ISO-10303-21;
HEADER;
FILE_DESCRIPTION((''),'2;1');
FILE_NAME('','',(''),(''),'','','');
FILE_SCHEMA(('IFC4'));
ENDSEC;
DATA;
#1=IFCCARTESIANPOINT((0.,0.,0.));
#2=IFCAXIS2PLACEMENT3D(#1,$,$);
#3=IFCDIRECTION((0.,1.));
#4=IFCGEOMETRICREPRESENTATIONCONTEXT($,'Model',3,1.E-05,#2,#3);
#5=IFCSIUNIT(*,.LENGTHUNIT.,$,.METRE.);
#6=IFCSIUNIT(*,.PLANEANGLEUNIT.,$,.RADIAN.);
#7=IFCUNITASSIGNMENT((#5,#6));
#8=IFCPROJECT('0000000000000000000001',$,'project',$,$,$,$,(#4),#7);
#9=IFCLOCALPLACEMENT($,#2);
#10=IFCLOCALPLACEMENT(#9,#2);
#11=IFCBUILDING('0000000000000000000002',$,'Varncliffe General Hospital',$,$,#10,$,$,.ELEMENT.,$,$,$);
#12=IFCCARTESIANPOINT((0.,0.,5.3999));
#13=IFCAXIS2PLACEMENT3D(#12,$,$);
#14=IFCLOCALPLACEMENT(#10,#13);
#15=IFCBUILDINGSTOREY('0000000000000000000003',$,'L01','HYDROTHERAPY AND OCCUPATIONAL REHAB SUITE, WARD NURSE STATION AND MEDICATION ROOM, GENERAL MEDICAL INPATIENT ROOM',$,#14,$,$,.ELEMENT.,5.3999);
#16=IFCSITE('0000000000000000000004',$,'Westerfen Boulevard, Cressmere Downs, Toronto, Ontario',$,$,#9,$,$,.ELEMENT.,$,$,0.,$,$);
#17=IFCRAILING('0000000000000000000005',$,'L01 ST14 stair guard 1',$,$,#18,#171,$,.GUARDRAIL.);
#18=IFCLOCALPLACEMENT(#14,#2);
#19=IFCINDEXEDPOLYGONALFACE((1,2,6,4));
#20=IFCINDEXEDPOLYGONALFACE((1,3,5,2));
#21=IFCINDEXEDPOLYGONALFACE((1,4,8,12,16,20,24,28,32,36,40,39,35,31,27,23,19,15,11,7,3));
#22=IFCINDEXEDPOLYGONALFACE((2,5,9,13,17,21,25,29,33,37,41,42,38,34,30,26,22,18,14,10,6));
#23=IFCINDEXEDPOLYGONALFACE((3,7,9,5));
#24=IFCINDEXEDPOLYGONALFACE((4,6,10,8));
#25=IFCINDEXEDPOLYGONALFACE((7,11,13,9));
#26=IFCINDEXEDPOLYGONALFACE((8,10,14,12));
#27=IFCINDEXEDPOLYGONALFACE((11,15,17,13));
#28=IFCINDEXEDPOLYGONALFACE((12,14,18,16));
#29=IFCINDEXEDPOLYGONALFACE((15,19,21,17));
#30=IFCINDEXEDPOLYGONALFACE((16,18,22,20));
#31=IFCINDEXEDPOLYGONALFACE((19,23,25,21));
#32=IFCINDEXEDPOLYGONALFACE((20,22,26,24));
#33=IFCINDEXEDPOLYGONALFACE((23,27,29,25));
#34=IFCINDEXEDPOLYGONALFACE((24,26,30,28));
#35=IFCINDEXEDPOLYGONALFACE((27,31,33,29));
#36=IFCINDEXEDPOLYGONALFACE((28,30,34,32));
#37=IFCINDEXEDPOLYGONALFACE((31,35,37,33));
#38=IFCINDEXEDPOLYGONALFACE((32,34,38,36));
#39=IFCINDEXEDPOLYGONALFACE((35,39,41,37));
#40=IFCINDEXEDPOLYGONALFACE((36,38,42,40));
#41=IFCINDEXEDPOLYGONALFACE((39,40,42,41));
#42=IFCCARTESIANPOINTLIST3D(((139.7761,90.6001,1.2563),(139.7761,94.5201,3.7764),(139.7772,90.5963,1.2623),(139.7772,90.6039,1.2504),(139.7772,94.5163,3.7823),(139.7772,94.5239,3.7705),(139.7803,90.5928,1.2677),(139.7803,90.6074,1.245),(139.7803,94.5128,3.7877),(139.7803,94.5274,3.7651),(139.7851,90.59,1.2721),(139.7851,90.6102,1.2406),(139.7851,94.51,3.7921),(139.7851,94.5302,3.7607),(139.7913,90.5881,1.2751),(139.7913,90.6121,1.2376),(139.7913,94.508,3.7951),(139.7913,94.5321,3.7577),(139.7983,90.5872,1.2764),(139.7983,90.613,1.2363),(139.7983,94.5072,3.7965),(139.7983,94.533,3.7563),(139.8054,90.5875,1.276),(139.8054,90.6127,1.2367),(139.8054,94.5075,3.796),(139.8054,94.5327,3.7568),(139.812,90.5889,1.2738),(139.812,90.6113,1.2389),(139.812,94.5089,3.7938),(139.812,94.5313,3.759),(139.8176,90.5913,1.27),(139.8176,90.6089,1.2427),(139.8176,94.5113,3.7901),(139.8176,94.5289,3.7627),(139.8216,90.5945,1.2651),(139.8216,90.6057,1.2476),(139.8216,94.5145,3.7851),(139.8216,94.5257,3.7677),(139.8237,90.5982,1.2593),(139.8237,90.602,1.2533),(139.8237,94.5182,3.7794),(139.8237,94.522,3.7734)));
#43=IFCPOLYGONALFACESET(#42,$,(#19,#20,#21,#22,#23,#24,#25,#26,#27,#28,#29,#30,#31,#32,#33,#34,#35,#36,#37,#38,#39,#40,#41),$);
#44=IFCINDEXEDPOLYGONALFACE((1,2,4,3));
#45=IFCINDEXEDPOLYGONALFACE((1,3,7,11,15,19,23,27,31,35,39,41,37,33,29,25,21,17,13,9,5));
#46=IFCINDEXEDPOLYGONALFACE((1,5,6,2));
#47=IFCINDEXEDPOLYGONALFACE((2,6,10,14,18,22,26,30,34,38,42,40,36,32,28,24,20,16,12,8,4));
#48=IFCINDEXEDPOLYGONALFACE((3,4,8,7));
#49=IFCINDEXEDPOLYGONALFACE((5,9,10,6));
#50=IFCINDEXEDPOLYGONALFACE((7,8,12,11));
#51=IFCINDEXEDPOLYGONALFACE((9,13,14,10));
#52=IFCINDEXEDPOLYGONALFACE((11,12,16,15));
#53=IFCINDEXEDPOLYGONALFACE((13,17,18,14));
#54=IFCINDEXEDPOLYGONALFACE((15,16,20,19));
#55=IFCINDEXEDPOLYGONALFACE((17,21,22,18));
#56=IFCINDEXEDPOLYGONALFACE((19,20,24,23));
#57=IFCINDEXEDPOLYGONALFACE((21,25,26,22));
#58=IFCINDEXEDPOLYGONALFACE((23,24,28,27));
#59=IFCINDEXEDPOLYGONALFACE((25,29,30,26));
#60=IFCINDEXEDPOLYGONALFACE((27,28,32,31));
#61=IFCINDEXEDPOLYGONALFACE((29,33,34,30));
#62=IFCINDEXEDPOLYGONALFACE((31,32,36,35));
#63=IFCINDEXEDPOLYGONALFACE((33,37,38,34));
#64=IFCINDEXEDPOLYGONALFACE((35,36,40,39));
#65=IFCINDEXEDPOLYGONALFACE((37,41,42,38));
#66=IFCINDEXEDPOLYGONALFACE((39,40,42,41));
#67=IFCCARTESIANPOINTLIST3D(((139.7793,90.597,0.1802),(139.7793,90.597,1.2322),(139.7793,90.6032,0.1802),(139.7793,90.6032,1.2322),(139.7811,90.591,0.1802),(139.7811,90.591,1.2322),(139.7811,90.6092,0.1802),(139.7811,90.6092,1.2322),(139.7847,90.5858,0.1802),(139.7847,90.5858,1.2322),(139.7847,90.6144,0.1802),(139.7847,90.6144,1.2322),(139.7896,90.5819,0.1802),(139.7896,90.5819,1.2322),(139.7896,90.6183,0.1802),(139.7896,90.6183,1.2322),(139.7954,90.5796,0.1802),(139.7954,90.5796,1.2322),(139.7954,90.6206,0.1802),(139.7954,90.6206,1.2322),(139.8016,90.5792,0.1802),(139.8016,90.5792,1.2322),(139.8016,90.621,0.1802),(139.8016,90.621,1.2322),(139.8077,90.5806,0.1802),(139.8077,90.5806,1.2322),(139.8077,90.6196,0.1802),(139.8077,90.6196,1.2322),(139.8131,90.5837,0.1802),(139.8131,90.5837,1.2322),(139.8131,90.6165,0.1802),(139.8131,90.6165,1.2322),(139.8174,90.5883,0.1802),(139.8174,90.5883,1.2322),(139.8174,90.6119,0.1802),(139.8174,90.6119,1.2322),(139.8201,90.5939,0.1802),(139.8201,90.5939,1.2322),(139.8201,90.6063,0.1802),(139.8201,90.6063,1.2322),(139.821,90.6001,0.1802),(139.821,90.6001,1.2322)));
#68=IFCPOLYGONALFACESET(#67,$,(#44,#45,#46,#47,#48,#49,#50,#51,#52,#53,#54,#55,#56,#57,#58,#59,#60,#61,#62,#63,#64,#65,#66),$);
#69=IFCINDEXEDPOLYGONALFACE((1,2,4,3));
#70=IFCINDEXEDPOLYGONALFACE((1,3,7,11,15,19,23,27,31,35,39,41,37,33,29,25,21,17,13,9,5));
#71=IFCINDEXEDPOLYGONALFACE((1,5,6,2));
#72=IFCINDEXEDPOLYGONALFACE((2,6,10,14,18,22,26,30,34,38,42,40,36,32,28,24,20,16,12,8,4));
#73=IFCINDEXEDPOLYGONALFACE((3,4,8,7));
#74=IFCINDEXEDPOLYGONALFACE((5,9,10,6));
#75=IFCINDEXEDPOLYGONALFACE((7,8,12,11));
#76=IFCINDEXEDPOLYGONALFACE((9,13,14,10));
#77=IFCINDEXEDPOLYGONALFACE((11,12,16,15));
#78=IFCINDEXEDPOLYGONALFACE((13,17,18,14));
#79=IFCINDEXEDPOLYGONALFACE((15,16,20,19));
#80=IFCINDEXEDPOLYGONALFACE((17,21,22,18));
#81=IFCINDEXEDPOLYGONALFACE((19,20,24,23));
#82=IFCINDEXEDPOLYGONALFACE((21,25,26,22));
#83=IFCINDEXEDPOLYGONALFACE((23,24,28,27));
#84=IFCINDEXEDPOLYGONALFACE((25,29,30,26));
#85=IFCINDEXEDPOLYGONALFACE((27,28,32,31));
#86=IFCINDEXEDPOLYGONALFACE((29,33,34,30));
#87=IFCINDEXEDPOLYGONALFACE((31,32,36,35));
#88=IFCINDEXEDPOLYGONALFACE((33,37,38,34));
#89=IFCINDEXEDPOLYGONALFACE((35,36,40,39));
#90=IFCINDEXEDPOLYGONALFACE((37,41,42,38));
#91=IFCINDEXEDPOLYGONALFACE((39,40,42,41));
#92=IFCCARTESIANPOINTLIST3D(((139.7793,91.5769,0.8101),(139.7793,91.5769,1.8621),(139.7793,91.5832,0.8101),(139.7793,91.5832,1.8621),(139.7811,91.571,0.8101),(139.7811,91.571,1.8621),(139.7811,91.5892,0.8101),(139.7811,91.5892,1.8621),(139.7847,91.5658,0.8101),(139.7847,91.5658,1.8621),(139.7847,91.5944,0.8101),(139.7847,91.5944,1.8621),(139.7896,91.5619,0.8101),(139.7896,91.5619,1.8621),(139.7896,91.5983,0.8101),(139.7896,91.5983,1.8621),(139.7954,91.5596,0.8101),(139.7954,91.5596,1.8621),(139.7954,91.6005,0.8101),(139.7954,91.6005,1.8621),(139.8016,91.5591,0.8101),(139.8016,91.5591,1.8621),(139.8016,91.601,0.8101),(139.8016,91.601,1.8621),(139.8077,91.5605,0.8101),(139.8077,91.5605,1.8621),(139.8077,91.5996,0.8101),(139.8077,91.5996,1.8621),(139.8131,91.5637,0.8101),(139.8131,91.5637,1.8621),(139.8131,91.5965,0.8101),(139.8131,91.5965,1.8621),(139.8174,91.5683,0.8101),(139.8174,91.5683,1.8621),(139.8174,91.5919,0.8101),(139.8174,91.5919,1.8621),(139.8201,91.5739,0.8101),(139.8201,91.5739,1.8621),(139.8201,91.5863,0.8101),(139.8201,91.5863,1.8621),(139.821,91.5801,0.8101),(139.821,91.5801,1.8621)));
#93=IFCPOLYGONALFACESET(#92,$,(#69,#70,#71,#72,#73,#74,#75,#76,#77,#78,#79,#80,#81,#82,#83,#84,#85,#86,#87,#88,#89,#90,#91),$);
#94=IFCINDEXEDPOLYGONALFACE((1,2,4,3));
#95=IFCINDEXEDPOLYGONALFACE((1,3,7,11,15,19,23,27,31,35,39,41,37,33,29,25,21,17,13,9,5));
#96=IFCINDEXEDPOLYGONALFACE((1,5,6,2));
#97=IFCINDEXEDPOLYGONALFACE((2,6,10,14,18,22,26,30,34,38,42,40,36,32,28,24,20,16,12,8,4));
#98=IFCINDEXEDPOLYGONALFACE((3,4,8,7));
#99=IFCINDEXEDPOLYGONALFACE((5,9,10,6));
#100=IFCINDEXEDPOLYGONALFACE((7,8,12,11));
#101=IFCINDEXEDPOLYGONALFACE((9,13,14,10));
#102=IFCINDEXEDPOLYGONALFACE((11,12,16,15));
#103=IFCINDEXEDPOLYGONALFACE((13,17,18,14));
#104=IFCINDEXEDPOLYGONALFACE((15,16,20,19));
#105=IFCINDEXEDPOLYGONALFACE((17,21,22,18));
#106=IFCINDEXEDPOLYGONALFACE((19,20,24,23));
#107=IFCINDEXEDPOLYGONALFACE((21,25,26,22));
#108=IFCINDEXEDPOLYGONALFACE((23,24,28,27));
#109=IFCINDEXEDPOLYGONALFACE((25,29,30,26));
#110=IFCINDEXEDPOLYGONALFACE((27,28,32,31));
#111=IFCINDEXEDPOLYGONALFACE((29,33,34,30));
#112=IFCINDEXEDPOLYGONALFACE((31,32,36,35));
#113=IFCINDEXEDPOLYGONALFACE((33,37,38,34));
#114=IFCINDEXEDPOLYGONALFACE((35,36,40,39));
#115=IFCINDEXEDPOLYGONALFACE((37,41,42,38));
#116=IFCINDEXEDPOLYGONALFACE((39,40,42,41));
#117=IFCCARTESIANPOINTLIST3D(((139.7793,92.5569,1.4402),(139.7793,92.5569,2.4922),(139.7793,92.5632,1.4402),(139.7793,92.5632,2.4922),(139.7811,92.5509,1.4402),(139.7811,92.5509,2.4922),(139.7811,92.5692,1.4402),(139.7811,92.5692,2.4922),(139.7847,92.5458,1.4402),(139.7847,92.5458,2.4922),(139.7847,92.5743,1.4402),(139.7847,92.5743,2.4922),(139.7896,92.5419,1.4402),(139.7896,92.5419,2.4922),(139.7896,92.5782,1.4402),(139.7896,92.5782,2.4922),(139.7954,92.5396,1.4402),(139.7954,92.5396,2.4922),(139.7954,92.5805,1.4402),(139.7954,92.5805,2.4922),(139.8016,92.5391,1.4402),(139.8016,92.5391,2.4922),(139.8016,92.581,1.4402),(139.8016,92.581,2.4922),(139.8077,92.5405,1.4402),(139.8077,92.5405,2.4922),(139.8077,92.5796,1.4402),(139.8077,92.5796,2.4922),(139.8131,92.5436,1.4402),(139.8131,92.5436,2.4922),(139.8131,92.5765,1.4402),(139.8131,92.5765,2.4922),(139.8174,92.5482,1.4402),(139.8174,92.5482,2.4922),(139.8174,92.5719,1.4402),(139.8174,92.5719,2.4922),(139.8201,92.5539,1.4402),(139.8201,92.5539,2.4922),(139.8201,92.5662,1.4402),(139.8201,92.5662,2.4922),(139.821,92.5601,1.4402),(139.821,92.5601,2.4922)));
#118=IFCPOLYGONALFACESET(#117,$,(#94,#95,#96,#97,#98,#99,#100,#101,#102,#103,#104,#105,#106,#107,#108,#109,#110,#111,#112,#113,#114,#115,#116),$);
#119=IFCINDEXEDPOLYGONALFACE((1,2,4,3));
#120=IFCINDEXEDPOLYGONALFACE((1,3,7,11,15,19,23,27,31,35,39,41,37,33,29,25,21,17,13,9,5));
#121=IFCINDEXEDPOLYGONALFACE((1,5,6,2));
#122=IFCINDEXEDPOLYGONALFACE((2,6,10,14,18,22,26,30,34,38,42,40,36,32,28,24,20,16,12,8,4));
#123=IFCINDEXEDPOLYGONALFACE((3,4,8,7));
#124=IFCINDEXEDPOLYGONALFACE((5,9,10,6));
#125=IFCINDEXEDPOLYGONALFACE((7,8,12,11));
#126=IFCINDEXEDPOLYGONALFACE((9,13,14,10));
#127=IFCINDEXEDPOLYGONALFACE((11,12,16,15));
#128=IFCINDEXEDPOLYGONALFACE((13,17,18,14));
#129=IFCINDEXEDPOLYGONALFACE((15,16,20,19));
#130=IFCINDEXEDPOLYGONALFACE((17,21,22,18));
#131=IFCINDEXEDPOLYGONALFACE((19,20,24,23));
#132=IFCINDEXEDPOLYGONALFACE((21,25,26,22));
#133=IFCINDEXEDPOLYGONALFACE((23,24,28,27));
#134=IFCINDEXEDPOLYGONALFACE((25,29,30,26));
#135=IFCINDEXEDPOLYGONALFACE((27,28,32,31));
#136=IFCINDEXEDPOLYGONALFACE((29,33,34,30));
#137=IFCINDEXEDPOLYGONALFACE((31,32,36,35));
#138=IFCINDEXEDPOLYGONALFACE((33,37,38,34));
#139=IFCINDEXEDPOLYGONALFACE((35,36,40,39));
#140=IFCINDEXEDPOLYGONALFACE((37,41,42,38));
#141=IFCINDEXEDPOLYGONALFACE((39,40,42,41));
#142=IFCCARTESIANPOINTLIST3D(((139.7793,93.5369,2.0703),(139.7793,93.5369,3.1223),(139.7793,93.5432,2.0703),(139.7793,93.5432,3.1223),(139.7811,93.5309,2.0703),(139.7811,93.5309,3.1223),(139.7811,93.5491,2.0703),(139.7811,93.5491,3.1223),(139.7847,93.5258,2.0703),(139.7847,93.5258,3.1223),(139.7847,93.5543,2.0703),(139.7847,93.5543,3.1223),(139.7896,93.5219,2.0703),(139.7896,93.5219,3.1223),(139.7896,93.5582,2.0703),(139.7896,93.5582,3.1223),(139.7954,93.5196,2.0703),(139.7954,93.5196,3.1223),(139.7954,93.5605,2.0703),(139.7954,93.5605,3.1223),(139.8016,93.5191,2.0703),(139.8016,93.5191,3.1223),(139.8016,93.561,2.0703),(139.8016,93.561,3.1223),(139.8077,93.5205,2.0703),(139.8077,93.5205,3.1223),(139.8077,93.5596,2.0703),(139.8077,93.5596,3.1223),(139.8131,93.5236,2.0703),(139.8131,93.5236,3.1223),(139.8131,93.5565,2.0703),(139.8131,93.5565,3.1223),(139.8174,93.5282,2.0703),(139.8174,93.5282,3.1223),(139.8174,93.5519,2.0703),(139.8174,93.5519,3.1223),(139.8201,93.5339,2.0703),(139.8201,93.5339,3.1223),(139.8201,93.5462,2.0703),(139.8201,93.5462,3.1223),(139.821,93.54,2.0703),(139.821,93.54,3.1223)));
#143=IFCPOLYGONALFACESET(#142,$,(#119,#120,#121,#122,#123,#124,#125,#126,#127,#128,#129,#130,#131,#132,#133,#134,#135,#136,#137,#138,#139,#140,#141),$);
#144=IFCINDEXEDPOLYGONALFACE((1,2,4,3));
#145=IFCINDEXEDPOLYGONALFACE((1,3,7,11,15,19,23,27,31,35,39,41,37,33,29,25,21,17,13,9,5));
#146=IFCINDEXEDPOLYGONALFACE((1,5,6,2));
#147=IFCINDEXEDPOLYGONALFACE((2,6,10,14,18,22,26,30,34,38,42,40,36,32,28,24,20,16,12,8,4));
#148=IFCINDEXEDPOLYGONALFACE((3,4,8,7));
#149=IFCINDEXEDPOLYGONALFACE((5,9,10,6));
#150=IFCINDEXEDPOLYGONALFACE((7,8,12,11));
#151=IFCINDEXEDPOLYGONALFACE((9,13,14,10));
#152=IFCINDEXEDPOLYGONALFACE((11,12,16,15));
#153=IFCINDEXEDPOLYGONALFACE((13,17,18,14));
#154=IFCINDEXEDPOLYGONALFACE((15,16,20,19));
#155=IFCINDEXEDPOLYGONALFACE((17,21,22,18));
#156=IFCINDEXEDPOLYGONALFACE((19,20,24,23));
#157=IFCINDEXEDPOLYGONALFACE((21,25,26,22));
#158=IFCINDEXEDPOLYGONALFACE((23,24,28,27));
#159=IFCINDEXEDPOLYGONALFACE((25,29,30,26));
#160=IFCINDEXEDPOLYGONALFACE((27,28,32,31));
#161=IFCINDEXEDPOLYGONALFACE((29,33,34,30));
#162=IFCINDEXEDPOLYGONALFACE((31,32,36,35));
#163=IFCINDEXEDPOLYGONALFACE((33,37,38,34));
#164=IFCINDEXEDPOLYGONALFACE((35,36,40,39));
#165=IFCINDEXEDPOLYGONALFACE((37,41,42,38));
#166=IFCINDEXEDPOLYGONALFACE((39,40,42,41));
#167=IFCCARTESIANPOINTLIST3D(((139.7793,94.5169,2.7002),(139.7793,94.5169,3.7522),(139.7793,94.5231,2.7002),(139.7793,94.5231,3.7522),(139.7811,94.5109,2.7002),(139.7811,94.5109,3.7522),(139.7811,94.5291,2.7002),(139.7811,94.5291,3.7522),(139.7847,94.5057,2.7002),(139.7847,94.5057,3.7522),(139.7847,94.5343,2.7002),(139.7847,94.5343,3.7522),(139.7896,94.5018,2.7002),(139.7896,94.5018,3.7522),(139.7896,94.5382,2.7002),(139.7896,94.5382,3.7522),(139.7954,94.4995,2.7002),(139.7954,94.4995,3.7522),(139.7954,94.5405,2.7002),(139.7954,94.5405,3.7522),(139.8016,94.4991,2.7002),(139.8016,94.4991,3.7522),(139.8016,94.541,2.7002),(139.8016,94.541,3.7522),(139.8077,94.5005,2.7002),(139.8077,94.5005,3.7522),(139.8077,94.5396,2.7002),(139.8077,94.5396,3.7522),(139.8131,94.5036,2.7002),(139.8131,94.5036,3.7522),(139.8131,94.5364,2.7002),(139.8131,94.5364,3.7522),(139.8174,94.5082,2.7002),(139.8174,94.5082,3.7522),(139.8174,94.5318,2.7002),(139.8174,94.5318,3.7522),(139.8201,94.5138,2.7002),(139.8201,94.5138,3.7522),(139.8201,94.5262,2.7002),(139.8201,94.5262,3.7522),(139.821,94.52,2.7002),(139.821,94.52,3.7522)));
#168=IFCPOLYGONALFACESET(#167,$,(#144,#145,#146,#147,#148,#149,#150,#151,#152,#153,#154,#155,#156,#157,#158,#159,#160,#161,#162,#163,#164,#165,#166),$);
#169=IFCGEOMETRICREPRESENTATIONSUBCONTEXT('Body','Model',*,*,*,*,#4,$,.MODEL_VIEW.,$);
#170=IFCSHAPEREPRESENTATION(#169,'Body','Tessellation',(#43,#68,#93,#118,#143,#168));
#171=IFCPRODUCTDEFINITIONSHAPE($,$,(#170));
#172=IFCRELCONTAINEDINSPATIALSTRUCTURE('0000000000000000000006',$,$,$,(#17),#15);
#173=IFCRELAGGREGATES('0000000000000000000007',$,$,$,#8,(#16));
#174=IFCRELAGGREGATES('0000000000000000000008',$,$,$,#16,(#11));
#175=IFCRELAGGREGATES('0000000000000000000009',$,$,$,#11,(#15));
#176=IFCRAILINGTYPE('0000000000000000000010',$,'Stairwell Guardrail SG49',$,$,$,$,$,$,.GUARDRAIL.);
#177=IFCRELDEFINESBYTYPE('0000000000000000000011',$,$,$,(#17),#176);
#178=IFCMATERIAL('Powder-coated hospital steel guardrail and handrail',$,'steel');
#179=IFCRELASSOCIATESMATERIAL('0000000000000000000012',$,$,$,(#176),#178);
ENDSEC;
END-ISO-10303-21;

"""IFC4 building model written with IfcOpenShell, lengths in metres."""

from ifc_helpers import new_model, si_unit, direction, frame, origin, origin_2d, place, context, subcontext, project, spatial, circle, extrude, material, type_object, element, save


model = new_model("IFC4")

# Units and contexts
model_context = context("Model", 3, precision=1e-05, world=origin(), true_north=direction((0.0, 1.0)))
body_context = subcontext(model_context, "Body", "Model", "MODEL_VIEW")
ifc_project = project(units=[si_unit("LENGTHUNIT", "METRE"), si_unit("PLANEANGLEUNIT", "RADIAN")], contexts=[model_context])

# Site, building, storey
site_placement = place(None, origin())
site = spatial("IfcSite", under=ifc_project, at=site_placement, Name="Westerfen Boulevard, Cressmere Downs, Toronto, Ontario", CompositionType="ELEMENT", RefElevation=0.0)
building_placement = place(site_placement, origin())
building = spatial("IfcBuilding", under=site, at=building_placement, Name="Varncliffe General Hospital", CompositionType="ELEMENT")
storey_placement = place(building_placement, frame((0.0, 0.0, 5.3999)))
storey = spatial("IfcBuildingStorey", under=building, at=storey_placement, Name="L01", Description="HYDROTHERAPY AND OCCUPATIONAL REHAB SUITE, WARD NURSE STATION AND MEDICATION ROOM, GENERAL MEDICAL INPATIENT ROOM", CompositionType="ELEMENT", Elevation=5.3999)

# Railing
ifc_material_1 = material(Name="Powder-coated hospital steel guardrail and handrail", Category="steel")
railing_type_1 = type_object("IfcRailingType", Name="Stairwell Guardrail SG49", PredefinedType="GUARDRAIL", material=ifc_material_1)
railing_1_placement = place(storey_placement, frame((139.8, 90.6001, 0.1802)))
element("IfcRailing", 1, at=railing_1_placement, inside=storey, type_object=railing_type_1, Name="L01 ST14 stair guard 1", PredefinedType="GUARDRAIL", context=body_context, shape_type="SweptSolid", body=[
    extrude(circle(Radius=0.0239, at=origin_2d()), frame((0.0, 0.0, 1.0762), z_axis=(0.0, 0.841172, 0.540768), x_axis=(-1.0, 0.0, 0.0)), (0.0, 0.0, 1.0), 4.6602),
    extrude(circle(Radius=0.021, at=origin_2d()), origin(), (0.0, 0.0, 1.0), 1.052),
    extrude(circle(Radius=0.021, at=origin_2d()), frame((0.0, 0.98, 0.6299)), (0.0, 0.0, 1.0), 1.052),
    extrude(circle(Radius=0.021, at=origin_2d()), frame((0.0, 1.96, 1.26)), (0.0, 0.0, 1.0), 1.052),
    extrude(circle(Radius=0.021, at=origin_2d()), frame((0.0, 2.9399, 1.8901)), (0.0, 0.0, 1.0), 1.052),
    extrude(circle(Radius=0.021, at=origin_2d()), frame((0.0, 3.9199, 2.52)), (0.0, 0.0, 1.0), 1.052),
])

save(model, "model.ifc")
